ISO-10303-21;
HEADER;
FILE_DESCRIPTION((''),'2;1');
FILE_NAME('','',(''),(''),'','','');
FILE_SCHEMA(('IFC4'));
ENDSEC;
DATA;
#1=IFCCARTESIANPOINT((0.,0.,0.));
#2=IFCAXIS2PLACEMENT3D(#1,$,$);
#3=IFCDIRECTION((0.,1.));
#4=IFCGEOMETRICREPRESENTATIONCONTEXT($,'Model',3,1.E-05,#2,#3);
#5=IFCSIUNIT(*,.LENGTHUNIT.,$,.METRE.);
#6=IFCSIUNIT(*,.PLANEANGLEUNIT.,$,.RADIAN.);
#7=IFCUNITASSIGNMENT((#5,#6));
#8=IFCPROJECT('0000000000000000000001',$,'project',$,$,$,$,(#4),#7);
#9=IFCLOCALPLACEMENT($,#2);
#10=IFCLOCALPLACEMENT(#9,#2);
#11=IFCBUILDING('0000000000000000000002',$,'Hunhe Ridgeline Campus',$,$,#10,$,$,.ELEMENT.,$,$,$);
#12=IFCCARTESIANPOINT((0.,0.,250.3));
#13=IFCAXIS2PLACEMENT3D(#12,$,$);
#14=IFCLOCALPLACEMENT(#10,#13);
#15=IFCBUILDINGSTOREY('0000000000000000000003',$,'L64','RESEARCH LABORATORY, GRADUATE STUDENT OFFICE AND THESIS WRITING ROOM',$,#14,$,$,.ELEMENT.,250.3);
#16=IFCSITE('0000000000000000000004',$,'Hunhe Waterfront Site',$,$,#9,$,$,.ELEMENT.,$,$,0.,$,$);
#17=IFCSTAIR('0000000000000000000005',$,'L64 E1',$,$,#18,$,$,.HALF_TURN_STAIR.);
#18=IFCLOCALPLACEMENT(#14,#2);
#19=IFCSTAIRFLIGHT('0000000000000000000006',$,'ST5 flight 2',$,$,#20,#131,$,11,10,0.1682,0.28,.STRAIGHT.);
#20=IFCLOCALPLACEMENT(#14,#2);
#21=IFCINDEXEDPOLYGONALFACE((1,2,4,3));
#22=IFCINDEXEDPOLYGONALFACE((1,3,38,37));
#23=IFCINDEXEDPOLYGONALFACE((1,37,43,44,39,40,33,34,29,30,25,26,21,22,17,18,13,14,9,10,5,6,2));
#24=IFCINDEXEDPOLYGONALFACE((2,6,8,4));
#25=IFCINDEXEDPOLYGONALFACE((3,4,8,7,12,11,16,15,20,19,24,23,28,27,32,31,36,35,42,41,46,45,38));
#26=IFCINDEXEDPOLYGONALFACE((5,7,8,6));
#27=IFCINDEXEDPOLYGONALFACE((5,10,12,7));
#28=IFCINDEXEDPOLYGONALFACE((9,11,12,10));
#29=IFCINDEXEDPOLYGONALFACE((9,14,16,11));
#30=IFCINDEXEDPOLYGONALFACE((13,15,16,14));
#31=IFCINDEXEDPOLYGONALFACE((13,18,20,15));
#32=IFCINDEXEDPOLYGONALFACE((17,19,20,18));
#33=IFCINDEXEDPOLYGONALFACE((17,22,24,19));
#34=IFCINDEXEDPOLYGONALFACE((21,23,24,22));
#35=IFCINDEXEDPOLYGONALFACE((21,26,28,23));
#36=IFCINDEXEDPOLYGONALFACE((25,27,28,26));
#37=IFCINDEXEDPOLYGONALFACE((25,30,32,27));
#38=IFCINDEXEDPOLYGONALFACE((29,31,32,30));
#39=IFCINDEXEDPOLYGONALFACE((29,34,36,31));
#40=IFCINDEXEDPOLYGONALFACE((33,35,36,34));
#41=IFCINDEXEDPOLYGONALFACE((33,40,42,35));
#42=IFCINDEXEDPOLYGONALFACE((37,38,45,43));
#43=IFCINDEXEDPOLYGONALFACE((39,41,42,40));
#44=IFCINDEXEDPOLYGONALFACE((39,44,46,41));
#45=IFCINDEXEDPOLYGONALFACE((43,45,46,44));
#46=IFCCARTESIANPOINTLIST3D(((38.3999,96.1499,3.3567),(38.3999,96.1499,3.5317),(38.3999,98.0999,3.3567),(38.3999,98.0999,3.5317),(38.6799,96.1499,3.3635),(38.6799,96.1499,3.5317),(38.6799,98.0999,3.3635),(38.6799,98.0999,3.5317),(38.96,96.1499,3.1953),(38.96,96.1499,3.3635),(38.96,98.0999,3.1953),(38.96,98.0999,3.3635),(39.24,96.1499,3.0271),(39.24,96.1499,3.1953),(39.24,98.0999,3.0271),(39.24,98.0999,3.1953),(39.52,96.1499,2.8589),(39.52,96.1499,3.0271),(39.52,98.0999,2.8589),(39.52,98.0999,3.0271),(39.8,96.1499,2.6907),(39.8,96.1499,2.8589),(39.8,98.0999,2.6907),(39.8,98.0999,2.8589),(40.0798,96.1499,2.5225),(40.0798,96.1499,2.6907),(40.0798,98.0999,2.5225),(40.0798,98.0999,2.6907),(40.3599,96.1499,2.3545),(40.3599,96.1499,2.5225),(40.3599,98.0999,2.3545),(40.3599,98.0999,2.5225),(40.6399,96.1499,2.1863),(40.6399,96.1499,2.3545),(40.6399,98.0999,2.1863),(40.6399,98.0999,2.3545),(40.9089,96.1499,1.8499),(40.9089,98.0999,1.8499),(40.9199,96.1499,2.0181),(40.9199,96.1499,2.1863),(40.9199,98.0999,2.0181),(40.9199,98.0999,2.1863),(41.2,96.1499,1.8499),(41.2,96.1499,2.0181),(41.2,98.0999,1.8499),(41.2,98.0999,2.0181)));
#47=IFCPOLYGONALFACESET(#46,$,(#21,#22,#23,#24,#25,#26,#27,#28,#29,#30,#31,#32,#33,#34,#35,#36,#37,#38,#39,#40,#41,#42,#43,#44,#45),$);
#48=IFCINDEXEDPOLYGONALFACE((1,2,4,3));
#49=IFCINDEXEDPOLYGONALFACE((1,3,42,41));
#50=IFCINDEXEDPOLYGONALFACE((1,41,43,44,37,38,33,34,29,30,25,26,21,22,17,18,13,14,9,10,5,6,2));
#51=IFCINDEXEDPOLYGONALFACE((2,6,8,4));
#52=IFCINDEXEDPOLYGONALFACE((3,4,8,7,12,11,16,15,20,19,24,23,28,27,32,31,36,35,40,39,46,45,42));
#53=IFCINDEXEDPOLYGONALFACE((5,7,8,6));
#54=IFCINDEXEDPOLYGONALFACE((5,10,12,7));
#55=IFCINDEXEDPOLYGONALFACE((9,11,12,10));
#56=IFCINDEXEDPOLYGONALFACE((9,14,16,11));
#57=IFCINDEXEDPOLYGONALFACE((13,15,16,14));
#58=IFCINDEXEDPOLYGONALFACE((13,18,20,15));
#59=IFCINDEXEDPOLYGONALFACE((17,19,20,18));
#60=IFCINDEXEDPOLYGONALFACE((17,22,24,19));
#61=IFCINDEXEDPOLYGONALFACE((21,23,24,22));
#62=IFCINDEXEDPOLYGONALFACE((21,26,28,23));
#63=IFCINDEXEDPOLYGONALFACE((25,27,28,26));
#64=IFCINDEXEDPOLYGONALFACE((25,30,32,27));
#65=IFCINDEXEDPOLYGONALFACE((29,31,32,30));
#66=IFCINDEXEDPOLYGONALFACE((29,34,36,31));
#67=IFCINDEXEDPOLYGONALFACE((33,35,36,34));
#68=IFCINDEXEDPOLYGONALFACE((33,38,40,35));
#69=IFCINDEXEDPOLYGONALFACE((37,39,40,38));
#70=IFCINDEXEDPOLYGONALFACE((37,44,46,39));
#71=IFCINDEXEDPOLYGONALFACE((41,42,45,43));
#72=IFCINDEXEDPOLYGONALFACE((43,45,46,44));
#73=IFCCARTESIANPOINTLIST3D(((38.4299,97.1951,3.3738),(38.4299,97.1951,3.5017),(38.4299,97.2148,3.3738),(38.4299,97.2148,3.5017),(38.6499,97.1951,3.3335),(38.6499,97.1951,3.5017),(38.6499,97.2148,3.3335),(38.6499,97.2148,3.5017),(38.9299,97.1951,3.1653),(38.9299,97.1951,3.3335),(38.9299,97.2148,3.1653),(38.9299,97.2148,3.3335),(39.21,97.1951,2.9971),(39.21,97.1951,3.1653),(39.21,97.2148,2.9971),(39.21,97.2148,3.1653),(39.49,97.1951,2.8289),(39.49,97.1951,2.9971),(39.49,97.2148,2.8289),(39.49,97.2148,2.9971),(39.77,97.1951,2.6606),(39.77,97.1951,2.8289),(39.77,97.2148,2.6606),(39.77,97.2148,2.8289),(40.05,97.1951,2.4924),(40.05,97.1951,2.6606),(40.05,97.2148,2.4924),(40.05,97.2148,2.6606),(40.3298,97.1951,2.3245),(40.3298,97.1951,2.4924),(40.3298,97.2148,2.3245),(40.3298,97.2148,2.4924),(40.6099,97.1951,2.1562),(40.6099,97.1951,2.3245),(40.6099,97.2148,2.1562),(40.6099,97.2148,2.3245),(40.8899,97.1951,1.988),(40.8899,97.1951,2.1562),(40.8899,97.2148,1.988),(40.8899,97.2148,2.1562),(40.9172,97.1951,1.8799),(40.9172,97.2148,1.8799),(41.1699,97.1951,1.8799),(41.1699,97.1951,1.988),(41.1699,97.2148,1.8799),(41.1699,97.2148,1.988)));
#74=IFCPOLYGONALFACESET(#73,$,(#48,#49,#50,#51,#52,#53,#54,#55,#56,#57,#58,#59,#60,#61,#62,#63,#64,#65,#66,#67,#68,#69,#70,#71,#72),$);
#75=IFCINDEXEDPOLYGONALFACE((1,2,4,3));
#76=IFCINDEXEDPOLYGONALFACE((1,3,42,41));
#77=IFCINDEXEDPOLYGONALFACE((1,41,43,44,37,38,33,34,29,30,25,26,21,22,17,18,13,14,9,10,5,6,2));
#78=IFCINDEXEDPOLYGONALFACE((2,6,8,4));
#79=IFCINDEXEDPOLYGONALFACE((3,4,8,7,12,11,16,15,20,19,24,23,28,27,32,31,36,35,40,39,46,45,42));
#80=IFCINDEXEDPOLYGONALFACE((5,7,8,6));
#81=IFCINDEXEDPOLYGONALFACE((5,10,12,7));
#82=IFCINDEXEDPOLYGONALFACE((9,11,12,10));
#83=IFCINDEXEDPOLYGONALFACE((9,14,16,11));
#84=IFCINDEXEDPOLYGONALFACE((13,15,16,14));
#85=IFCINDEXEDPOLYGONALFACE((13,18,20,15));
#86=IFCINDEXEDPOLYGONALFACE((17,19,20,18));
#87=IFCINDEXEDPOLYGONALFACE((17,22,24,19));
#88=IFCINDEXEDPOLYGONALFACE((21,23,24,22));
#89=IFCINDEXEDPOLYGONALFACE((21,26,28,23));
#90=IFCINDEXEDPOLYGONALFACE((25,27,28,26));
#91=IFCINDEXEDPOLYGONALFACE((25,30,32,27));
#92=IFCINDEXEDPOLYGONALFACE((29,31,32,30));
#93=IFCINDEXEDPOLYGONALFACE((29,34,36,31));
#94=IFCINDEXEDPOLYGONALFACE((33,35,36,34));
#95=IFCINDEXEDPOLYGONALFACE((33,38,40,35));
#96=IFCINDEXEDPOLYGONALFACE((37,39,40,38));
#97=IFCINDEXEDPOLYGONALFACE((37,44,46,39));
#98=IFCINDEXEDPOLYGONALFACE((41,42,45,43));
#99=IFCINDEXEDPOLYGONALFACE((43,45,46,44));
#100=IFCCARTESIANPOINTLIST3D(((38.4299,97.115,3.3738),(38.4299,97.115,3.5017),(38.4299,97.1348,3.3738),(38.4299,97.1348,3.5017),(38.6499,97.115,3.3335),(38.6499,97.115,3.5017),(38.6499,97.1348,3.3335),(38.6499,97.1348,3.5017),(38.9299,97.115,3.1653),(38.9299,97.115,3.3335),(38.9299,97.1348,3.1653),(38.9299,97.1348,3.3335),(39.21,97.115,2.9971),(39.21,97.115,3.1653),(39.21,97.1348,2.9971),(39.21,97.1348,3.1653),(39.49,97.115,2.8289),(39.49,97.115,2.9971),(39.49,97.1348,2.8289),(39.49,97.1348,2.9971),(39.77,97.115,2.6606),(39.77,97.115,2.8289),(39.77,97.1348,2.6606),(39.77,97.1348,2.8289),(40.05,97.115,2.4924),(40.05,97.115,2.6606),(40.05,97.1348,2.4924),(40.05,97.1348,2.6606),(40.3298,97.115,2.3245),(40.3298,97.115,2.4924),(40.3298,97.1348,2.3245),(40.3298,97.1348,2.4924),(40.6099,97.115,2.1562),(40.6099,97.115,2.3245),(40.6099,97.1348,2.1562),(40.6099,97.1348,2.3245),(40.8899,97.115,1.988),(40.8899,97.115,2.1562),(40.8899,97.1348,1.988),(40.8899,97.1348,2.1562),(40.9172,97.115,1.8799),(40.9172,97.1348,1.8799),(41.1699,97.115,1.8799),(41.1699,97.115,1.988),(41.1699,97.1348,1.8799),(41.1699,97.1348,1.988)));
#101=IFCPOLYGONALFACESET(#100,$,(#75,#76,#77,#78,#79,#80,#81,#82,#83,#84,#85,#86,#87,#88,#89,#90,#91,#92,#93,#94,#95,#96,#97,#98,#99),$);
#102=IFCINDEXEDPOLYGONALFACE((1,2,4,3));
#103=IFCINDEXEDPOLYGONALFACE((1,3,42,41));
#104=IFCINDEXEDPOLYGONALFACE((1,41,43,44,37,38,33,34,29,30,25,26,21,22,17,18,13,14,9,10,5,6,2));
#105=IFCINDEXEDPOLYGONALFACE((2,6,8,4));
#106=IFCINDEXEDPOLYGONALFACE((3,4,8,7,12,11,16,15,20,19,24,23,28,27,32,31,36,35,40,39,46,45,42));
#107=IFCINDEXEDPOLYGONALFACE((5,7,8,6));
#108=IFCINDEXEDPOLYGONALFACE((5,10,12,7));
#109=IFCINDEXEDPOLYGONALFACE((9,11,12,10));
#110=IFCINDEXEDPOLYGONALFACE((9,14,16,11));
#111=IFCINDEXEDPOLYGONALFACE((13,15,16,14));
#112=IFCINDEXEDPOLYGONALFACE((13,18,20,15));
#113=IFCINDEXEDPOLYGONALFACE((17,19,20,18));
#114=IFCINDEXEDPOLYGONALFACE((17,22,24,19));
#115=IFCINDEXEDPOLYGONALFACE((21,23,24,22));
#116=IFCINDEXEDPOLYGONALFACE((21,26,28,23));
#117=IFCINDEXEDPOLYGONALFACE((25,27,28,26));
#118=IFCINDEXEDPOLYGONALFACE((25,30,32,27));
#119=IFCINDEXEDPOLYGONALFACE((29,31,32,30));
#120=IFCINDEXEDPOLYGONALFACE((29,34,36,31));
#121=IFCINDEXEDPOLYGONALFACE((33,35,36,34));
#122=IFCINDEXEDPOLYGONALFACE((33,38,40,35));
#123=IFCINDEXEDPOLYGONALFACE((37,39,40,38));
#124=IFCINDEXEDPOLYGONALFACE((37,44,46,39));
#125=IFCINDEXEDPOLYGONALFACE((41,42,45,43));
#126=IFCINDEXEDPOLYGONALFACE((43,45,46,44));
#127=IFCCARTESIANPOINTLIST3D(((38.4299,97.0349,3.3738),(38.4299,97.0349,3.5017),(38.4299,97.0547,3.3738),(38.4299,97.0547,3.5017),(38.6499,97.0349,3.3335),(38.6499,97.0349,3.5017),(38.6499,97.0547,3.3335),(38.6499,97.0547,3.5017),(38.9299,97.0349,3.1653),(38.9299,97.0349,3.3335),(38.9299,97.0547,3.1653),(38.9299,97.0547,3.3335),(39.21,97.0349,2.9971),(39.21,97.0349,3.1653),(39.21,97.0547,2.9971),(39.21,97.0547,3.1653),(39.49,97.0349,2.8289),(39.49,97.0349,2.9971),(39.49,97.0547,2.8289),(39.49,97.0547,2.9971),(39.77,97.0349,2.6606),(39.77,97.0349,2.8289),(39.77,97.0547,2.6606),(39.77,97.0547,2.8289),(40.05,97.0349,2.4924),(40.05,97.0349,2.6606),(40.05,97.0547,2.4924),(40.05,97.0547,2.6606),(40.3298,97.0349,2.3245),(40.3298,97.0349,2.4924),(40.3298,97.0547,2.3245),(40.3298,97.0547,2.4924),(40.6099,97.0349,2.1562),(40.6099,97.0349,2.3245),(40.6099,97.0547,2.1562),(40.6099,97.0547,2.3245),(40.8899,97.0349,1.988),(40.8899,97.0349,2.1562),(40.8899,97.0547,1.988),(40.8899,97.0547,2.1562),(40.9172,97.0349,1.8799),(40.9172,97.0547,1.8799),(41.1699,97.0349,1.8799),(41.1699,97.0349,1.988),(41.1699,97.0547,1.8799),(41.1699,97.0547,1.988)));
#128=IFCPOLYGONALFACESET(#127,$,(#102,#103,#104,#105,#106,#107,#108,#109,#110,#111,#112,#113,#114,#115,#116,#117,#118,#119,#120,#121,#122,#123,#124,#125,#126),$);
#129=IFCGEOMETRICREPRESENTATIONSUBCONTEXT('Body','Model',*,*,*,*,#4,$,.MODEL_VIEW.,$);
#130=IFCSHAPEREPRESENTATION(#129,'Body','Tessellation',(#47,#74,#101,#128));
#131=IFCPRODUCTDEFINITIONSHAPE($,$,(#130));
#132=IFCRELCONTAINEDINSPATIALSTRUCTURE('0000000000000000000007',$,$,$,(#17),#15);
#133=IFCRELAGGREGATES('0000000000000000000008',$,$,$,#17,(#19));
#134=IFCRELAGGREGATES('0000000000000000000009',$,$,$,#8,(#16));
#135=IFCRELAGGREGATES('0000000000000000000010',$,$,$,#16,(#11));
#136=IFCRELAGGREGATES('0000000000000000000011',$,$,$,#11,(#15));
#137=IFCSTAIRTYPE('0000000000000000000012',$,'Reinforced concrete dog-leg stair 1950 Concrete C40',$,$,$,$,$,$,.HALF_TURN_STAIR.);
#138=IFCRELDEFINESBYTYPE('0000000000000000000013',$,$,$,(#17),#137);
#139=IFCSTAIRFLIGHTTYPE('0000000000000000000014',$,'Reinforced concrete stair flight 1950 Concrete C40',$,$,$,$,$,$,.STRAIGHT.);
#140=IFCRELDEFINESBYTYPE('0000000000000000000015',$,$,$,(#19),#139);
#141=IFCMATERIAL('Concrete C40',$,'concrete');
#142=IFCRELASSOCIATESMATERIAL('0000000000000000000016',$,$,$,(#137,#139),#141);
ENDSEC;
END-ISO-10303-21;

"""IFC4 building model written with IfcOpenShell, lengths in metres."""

from ifc_helpers import new_model, si_unit, direction, frame, origin, place, context, subcontext, project, spatial, polyline, outline, extrude, material, type_object, element, aggregate, save


model = new_model("IFC4")

# Units and contexts
model_context = context("Model", 3, precision=1e-05, world=origin(), true_north=direction((0.0, 1.0)))
body_context = subcontext(model_context, "Body", "Model", "MODEL_VIEW")
ifc_project = project(units=[si_unit("LENGTHUNIT", "METRE"), si_unit("PLANEANGLEUNIT", "RADIAN")], contexts=[model_context])

# Site, building, storey
site_placement = place(None, origin())
site = spatial("IfcSite", under=ifc_project, at=site_placement, Name="Hunhe Waterfront Site", CompositionType="ELEMENT", RefElevation=0.0)
building_placement = place(site_placement, origin())
building = spatial("IfcBuilding", under=site, at=building_placement, Name="Hunhe Ridgeline Campus", CompositionType="ELEMENT")
storey_placement = place(building_placement, frame((0.0, 0.0, 250.3)))
storey = spatial("IfcBuildingStorey", under=building, at=storey_placement, Name="L64", Description="RESEARCH LABORATORY, GRADUATE STUDENT OFFICE AND THESIS WRITING ROOM", CompositionType="ELEMENT", Elevation=250.3)

# Stair, stair flight
ifc_material_1 = material(Name="Concrete C40", Category="concrete")
stair_type = type_object("IfcStairType", Name="Reinforced concrete dog-leg stair 1950 Concrete C40", PredefinedType="HALF_TURN_STAIR", material=ifc_material_1)
stair_placement = place(storey_placement, origin())
stair = element("IfcStair", 1, at=stair_placement, inside=storey, type_object=stair_type, Name="L64 E1", PredefinedType="HALF_TURN_STAIR")
stair_flight_type = type_object("IfcStairFlightType", Name="Reinforced concrete stair flight 1950 Concrete C40", PredefinedType="STRAIGHT", material=ifc_material_1)
stair_flight_1_placement = place(storey_placement, frame((41.2, 97.125, 1.8499), z_axis=(0.0, 0.0, 1.0), x_axis=(-1.0, 0.0, 0.0)))
stair_flight_1 = element("IfcStairFlight", 2, at=stair_flight_1_placement, type_object=stair_flight_type, Name="ST5 flight 2", NumberOfRisers=11, NumberOfTreads=10, PredefinedType="STRAIGHT", RiserHeight=0.1682, TreadLength=0.28, context=body_context, shape_type="SweptSolid", body=[
    extrude(outline(polyline([(0.0, 0.0), (0.0, 0.1682), (0.28, 0.1682), (0.28, 0.3364), (0.5601, 0.3364), (0.5601, 0.5046), (0.8401, 0.5046), (0.8401, 0.6726), (1.1201, 0.6726), (1.1201, 0.8408), (1.3999, 0.8408), (1.3999, 1.009), (1.6799, 1.009), (1.6799, 1.1772), (1.96, 1.1772), (1.96, 1.3455), (2.24, 1.3455), (2.24, 1.5137), (2.52, 1.5137), (2.52, 1.6819), (2.8, 1.6819), (2.8, 1.8501), (2.8, 1.5068), (0.291, 0.0), (0.0, 0.0)])), frame((0.0, 0.9751, 0.0), z_axis=(0.0, -1.0, 0.0), x_axis=(1.0, 0.0, 0.0)), (0.0, 0.0, 1.0), 1.95),
    extrude(outline(polyline([(0.03, 0.03), (0.03, 0.1382), (0.3101, 0.1382), (0.3101, 0.3064), (0.5901, 0.3064), (0.5901, 0.4746), (0.8701, 0.4746), (0.8701, 0.6426), (1.1499, 0.6426), (1.1499, 0.8108), (1.4299, 0.8108), (1.4299, 0.979), (1.71, 0.979), (1.71, 1.1472), (1.99, 1.1472), (1.99, 1.3154), (2.27, 1.3154), (2.27, 1.4836), (2.55, 1.4836), (2.55, 1.6519), (2.77, 1.6519), (2.77, 1.5239), (0.2827, 0.03), (0.03, 0.03)])), frame((0.0, -0.0701, 0.0), z_axis=(0.0, -1.0, 0.0), x_axis=(1.0, 0.0, 0.0)), (0.0, 0.0, 1.0), 0.0198),
    extrude(outline(polyline([(0.03, 0.03), (0.03, 0.1382), (0.3101, 0.1382), (0.3101, 0.3064), (0.5901, 0.3064), (0.5901, 0.4746), (0.8701, 0.4746), (0.8701, 0.6426), (1.1499, 0.6426), (1.1499, 0.8108), (1.4299, 0.8108), (1.4299, 0.979), (1.71, 0.979), (1.71, 1.1472), (1.99, 1.1472), (1.99, 1.3154), (2.27, 1.3154), (2.27, 1.4836), (2.55, 1.4836), (2.55, 1.6519), (2.77, 1.6519), (2.77, 1.5239), (0.2827, 0.03), (0.03, 0.03)])), frame((0.0, 0.01, 0.0), z_axis=(0.0, -1.0, 0.0), x_axis=(1.0, 0.0, 0.0)), (0.0, 0.0, 1.0), 0.0198),
    extrude(outline(polyline([(0.03, 0.03), (0.03, 0.1382), (0.3101, 0.1382), (0.3101, 0.3064), (0.5901, 0.3064), (0.5901, 0.4746), (0.8701, 0.4746), (0.8701, 0.6426), (1.1499, 0.6426), (1.1499, 0.8108), (1.4299, 0.8108), (1.4299, 0.979), (1.71, 0.979), (1.71, 1.1472), (1.99, 1.1472), (1.99, 1.3154), (2.27, 1.3154), (2.27, 1.4836), (2.55, 1.4836), (2.55, 1.6519), (2.77, 1.6519), (2.77, 1.5239), (0.2827, 0.03), (0.03, 0.03)])), frame((0.0, 0.0901, 0.0), z_axis=(0.0, -1.0, 0.0), x_axis=(1.0, 0.0, 0.0)), (0.0, 0.0, 1.0), 0.0198),
])
aggregate(stair, [stair_flight_1])

save(model, "model.ifc")
